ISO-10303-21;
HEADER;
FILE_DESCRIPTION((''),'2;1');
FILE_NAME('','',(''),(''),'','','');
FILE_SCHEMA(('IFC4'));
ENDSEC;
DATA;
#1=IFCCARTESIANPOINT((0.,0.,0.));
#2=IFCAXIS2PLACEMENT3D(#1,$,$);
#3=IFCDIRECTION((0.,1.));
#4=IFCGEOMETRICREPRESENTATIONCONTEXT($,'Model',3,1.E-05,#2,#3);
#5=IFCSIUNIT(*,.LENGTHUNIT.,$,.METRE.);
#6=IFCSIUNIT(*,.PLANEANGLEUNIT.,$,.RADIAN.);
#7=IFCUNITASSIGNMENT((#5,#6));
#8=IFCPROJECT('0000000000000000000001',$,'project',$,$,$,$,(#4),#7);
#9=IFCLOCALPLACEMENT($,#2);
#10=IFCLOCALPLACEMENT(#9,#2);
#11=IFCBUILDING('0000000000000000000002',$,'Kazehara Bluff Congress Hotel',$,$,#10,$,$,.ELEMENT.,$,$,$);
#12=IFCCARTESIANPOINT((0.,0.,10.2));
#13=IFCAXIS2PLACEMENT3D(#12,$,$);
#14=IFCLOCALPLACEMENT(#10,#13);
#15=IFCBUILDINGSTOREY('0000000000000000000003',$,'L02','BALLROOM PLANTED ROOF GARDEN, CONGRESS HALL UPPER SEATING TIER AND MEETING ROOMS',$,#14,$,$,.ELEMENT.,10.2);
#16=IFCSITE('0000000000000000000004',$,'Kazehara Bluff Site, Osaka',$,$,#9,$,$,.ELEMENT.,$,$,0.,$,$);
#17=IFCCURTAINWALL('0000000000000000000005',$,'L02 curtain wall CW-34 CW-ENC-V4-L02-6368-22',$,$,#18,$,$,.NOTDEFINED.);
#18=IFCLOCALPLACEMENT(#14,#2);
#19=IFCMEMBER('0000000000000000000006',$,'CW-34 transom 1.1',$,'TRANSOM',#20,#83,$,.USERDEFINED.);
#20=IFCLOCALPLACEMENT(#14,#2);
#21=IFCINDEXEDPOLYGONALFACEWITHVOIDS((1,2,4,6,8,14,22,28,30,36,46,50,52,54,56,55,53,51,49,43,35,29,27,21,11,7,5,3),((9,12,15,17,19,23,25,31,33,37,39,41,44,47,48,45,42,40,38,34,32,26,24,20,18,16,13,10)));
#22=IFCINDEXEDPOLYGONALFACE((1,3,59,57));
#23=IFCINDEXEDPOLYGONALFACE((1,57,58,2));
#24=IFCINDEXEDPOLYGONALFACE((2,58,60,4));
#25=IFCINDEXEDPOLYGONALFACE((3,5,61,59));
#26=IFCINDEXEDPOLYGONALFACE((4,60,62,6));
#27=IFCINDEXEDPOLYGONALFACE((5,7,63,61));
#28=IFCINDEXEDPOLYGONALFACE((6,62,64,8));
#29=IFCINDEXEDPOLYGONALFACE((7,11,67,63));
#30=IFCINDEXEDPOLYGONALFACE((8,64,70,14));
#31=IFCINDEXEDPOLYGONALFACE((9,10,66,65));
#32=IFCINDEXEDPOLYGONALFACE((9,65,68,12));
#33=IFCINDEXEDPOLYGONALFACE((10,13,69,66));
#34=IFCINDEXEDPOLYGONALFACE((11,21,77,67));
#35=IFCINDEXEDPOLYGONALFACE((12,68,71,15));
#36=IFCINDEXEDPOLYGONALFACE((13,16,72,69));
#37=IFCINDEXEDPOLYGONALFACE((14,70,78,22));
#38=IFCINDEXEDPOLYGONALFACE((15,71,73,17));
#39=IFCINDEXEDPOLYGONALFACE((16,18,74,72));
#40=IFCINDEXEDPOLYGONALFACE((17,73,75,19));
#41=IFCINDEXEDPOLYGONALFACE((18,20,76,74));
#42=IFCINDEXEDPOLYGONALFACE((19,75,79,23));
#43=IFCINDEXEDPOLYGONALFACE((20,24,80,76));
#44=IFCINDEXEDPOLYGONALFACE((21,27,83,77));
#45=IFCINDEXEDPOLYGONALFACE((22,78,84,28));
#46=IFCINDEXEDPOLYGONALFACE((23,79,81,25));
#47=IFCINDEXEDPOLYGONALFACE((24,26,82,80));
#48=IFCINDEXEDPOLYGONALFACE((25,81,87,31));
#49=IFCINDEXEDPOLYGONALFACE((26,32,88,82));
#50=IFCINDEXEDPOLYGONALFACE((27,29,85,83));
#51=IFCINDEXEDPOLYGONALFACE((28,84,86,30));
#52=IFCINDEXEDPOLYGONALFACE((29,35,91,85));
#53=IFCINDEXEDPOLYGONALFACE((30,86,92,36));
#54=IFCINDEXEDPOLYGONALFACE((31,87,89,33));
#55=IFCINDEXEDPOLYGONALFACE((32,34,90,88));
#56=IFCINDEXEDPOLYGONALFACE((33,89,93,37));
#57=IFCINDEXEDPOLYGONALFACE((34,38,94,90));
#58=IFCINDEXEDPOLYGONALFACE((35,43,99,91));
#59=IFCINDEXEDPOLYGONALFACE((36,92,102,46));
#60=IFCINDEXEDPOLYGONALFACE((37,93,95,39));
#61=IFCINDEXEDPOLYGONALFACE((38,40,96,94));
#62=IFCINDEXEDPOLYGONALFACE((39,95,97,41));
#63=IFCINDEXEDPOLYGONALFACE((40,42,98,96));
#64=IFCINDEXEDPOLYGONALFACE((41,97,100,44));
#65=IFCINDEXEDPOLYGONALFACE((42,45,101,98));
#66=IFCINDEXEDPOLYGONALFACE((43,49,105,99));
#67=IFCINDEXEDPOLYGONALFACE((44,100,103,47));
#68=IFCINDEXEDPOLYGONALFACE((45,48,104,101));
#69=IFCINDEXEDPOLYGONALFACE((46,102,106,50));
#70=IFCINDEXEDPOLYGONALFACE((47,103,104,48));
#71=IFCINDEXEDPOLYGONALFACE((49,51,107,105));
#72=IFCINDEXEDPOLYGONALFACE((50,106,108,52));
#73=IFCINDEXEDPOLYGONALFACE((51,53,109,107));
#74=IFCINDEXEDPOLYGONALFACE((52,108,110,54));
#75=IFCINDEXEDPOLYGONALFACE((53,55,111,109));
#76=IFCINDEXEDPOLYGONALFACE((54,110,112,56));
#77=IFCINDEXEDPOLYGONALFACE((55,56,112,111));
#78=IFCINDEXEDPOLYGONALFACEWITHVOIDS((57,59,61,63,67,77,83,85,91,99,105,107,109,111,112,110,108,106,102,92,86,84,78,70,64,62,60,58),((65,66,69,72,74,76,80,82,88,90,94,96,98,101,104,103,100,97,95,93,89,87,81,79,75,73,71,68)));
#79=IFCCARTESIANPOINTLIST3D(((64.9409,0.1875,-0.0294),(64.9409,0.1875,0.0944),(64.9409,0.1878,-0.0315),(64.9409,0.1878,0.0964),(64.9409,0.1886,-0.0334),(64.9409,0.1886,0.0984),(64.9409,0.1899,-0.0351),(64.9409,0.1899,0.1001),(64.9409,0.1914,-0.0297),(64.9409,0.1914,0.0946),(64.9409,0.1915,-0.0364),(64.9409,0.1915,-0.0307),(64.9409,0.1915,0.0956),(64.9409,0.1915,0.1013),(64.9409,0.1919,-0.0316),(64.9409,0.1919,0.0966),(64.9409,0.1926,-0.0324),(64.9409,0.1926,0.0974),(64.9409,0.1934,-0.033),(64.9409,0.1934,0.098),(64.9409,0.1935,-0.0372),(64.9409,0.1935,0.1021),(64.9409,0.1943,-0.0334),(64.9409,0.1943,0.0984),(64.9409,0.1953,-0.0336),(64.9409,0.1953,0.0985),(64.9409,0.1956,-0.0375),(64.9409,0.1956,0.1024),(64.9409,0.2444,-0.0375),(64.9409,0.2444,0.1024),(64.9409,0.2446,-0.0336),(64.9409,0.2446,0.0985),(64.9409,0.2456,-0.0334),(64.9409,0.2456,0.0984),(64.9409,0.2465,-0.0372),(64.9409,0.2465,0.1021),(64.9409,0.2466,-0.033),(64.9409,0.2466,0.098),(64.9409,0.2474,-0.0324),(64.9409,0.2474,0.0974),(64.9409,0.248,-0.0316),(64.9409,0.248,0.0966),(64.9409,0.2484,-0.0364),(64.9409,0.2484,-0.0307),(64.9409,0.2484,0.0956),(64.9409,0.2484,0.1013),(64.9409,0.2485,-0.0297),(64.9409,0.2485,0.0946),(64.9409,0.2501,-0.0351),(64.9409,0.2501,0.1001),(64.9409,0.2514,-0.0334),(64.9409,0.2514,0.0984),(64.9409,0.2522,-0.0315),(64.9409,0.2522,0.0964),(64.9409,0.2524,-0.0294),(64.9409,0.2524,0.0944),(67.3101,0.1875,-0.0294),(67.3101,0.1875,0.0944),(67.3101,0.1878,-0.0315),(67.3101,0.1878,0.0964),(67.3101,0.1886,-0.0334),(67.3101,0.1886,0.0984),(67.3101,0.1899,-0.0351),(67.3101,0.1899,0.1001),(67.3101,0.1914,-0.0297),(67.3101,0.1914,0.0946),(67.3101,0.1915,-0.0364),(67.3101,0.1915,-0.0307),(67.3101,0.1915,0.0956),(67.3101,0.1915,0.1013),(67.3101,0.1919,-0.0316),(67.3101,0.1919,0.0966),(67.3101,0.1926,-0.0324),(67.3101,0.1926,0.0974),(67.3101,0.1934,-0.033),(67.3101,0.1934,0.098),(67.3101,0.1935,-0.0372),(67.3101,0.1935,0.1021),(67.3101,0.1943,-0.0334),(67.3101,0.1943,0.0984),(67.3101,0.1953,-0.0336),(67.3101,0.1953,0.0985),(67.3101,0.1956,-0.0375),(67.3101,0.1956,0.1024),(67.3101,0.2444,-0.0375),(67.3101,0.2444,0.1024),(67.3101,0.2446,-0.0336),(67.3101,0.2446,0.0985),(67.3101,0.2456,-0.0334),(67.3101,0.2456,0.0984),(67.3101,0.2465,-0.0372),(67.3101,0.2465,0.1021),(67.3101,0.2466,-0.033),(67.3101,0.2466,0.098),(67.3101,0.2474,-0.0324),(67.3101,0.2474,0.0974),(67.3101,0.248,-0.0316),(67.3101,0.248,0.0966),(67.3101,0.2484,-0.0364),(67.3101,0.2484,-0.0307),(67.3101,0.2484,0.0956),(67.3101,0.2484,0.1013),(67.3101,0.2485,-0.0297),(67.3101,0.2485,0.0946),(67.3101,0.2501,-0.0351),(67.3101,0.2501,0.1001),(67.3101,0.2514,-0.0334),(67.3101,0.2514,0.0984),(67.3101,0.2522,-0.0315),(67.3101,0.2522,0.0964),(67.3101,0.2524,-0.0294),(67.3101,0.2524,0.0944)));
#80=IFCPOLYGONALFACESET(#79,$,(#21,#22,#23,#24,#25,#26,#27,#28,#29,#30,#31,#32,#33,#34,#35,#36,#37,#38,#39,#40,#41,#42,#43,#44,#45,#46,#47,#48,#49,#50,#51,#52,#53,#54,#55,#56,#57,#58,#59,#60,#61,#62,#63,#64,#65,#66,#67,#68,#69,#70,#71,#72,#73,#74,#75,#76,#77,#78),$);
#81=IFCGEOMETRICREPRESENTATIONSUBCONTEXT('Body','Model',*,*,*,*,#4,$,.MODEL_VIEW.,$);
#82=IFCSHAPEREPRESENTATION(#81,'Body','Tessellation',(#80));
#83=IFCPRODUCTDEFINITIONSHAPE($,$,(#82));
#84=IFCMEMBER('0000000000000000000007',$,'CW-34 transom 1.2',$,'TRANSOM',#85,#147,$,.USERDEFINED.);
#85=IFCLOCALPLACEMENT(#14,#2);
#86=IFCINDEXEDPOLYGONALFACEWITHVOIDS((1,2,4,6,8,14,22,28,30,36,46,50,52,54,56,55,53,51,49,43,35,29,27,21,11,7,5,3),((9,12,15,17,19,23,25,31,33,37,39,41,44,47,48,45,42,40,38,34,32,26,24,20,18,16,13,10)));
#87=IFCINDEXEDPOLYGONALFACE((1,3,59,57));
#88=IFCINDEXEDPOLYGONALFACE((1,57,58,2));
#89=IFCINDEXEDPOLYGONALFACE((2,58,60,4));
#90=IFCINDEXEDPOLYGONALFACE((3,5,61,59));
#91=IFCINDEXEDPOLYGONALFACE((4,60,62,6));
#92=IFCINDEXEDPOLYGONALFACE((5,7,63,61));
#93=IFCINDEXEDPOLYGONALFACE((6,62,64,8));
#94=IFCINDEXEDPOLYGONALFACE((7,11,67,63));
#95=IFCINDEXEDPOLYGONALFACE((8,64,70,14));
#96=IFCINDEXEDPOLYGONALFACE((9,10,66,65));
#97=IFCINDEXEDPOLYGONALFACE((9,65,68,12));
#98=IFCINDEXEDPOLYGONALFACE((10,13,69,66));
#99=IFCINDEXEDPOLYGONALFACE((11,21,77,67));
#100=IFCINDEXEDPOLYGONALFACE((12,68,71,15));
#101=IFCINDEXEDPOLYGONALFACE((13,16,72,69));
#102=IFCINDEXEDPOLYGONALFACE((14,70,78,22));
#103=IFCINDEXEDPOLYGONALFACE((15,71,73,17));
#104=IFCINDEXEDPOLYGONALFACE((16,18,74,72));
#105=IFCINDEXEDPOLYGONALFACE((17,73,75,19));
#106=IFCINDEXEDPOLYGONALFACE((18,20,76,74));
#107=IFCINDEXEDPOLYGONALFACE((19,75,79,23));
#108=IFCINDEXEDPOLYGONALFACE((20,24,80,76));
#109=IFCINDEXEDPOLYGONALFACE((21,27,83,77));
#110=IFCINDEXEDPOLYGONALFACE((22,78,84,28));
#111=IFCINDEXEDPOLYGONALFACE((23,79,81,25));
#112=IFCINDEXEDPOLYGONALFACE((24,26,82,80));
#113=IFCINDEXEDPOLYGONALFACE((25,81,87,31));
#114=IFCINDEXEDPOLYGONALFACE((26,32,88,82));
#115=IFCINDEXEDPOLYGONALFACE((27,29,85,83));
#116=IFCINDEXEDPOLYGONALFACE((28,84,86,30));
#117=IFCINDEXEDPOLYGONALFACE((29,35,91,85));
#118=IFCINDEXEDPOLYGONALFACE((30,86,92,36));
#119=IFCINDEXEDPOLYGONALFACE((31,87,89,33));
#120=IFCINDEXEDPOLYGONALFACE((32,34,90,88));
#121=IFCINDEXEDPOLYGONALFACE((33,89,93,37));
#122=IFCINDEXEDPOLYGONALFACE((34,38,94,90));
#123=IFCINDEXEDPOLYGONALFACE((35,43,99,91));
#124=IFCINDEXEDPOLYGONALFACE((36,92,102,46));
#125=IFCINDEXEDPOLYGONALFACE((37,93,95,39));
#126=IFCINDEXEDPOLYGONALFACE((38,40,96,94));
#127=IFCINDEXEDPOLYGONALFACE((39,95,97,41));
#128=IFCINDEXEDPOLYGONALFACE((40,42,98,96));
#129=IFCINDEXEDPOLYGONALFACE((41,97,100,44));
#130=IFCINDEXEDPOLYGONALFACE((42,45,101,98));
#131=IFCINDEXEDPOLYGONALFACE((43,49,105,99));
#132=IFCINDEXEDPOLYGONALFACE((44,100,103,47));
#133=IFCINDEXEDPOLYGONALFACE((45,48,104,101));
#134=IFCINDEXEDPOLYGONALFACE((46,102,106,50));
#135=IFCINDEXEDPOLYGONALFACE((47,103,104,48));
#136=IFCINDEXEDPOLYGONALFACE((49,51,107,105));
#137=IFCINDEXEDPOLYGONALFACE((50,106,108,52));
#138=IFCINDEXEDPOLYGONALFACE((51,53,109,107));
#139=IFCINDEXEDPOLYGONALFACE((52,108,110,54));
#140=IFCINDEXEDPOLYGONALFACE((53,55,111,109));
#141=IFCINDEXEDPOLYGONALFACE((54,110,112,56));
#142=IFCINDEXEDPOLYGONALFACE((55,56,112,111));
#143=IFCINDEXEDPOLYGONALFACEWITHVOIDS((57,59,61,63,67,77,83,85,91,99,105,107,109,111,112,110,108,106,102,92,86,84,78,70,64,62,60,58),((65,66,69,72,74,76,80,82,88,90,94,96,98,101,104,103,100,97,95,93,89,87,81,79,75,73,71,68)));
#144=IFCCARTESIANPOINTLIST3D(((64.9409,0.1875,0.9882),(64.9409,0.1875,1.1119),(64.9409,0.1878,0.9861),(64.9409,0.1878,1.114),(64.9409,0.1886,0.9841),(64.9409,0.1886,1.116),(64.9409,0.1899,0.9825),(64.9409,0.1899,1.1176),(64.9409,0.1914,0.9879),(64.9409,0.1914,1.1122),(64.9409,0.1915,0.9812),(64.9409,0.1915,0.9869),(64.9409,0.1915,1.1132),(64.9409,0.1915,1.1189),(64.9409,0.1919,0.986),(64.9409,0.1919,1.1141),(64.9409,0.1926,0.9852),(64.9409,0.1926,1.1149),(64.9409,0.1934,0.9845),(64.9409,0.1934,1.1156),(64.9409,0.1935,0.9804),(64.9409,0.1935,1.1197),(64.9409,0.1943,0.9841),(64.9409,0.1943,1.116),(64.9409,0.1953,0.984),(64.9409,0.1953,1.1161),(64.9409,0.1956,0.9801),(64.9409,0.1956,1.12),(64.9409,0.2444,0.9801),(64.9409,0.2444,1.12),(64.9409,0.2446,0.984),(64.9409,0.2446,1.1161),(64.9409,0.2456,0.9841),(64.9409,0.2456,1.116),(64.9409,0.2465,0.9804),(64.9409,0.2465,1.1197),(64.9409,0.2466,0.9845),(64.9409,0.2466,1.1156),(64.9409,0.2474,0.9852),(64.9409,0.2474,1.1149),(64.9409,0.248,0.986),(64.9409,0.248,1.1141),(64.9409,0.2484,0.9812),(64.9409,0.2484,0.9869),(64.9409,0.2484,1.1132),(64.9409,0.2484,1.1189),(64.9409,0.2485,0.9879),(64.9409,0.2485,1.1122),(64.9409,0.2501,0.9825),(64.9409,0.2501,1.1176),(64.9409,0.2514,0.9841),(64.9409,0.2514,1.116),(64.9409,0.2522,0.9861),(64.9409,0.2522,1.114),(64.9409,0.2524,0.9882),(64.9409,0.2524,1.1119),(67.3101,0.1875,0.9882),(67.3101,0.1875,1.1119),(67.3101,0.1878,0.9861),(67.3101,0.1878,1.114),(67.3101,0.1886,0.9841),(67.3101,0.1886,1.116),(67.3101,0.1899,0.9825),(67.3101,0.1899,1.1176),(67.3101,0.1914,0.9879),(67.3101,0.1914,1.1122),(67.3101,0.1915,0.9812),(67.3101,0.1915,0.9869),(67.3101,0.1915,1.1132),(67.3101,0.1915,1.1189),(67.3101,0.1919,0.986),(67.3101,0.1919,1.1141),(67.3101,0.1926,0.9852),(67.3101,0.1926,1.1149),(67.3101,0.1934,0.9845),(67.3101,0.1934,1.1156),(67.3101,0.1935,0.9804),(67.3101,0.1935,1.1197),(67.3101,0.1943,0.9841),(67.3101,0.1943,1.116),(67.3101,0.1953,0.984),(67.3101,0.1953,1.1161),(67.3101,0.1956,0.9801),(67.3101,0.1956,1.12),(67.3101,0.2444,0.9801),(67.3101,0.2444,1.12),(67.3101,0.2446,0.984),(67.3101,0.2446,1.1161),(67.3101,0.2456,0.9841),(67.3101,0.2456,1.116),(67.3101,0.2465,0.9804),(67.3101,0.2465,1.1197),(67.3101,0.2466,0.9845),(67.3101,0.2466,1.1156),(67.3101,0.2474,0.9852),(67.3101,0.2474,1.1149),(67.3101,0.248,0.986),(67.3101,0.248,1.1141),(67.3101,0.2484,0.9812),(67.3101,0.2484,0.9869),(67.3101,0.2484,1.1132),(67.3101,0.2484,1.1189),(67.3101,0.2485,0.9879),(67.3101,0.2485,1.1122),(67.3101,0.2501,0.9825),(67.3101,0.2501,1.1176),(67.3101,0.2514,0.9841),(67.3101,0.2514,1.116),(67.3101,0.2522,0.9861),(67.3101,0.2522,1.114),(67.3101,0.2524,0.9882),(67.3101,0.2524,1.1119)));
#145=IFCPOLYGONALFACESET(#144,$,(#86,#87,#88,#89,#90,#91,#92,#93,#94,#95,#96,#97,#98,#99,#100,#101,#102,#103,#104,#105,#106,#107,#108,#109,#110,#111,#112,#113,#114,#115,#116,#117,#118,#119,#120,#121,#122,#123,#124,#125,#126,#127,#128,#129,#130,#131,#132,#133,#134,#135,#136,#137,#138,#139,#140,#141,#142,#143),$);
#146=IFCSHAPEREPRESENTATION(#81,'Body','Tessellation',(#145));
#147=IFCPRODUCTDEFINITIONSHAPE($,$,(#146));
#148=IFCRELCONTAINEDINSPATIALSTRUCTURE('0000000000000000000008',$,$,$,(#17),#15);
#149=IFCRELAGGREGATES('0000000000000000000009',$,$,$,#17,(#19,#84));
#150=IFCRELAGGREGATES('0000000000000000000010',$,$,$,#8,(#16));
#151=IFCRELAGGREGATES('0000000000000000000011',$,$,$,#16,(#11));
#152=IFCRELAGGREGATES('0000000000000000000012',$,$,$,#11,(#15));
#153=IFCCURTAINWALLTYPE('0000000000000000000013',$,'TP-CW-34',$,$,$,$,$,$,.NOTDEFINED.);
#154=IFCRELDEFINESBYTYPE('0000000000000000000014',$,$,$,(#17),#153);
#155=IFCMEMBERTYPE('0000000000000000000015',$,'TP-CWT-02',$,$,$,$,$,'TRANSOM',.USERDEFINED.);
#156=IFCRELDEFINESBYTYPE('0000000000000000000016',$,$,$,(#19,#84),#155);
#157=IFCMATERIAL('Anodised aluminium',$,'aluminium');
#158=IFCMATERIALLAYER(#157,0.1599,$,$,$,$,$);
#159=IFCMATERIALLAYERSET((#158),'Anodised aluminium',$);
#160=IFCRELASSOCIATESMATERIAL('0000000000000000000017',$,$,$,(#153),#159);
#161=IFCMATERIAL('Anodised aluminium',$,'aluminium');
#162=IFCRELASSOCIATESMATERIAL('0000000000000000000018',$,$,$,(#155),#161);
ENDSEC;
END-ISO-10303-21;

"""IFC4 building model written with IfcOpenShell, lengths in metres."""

from ifc_helpers import new_model, si_unit, direction, frame, origin, origin_2d, place, context, subcontext, project, spatial, hollow_rectangle, extrude, material, layer, layer_set, material_profile, profile_set, type_object, element, aggregate, save


model = new_model("IFC4")

# Units and contexts
model_context = context("Model", 3, precision=1e-05, world=origin(), true_north=direction((0.0, 1.0)))
body_context = subcontext(model_context, "Body", "Model", "MODEL_VIEW")
ifc_project = project(units=[si_unit("LENGTHUNIT", "METRE"), si_unit("PLANEANGLEUNIT", "RADIAN")], contexts=[model_context])

# Site, building, storey
site_placement = place(None, origin())
site = spatial("IfcSite", under=ifc_project, at=site_placement, Name="Kazehara Bluff Site, Osaka", CompositionType="ELEMENT", RefElevation=0.0)
building_placement = place(site_placement, origin())
building = spatial("IfcBuilding", under=site, at=building_placement, Name="Kazehara Bluff Congress Hotel", CompositionType="ELEMENT")
storey_placement = place(building_placement, frame((0.0, 0.0, 10.2)))
storey = spatial("IfcBuildingStorey", under=building, at=storey_placement, Name="L02", Description="BALLROOM PLANTED ROOF GARDEN, CONGRESS HALL UPPER SEATING TIER AND MEETING ROOMS", CompositionType="ELEMENT", Elevation=10.2)

# Curtain wall
ifc_material_1 = material(Name="Anodised aluminium", Category="aluminium")
ifc_layer_1 = layer(ifc_material_1, 0.1599)
ifc_layer_set_1 = layer_set([ifc_layer_1], Name="Anodised aluminium")
curtain_wall_type_1 = type_object("IfcCurtainWallType", Name="TP-CW-34", PredefinedType="NOTDEFINED", material=ifc_layer_set_1)
curtain_wall_1_placement = place(storey_placement, origin())
curtain_wall_1 = element("IfcCurtainWall", 1, at=curtain_wall_1_placement, inside=storey, type_object=curtain_wall_type_1, Name="L02 curtain wall CW-34 CW-ENC-V4-L02-6368-22", PredefinedType="NOTDEFINED")

# Members
ifc_material_2 = material(Name="Anodised aluminium", Category="aluminium")
ifc_material_profile_1 = material_profile(ifc_material_2, hollow_rectangle(XDim=0.0649, YDim=0.1399, WallThickness=0.0039, InnerFilletRadius=0.0039, OuterFilletRadius=0.0081, at=origin_2d()))
ifc_profile_set_1 = profile_set([ifc_material_profile_1], Name="Anodised aluminium")
member_type_1 = type_object("IfcMemberType", Name="TP-CWT-02", ElementType="TRANSOM", PredefinedType="USERDEFINED", material=ifc_profile_set_1)
member_1_placement = place(storey_placement, frame((67.3101, 0.22, 0.0325), z_axis=(-1.0, 0.0, 0.0), x_axis=(0.0, -1.0, 0.0)))
member_1 = element("IfcMember", 2, at=member_1_placement, type_object=member_type_1, Name="CW-34 transom 1.1", ObjectType="TRANSOM", PredefinedType="USERDEFINED", context=body_context, shape_type="SweptSolid", body=[
    extrude(hollow_rectangle(XDim=0.0649, YDim=0.1399, WallThickness=0.0039, InnerFilletRadius=0.0039, OuterFilletRadius=0.0081, at=origin_2d()), origin(), (0.0, 0.0, 1.0), 2.3691),
])
member_2_placement = place(storey_placement, frame((67.3101, 0.22, 1.05), z_axis=(-1.0, 0.0, 0.0), x_axis=(0.0, -1.0, 0.0)))
member_2 = element("IfcMember", 3, at=member_2_placement, type_object=member_type_1, Name="CW-34 transom 1.2", ObjectType="TRANSOM", PredefinedType="USERDEFINED", context=body_context, shape_type="SweptSolid", body=[
    extrude(hollow_rectangle(XDim=0.0649, YDim=0.1399, WallThickness=0.0039, InnerFilletRadius=0.0039, OuterFilletRadius=0.0081, at=origin_2d()), origin(), (0.0, 0.0, 1.0), 2.3691),
])

aggregate(curtain_wall_1, [member_1, member_2])

save(model, "model.ifc")
